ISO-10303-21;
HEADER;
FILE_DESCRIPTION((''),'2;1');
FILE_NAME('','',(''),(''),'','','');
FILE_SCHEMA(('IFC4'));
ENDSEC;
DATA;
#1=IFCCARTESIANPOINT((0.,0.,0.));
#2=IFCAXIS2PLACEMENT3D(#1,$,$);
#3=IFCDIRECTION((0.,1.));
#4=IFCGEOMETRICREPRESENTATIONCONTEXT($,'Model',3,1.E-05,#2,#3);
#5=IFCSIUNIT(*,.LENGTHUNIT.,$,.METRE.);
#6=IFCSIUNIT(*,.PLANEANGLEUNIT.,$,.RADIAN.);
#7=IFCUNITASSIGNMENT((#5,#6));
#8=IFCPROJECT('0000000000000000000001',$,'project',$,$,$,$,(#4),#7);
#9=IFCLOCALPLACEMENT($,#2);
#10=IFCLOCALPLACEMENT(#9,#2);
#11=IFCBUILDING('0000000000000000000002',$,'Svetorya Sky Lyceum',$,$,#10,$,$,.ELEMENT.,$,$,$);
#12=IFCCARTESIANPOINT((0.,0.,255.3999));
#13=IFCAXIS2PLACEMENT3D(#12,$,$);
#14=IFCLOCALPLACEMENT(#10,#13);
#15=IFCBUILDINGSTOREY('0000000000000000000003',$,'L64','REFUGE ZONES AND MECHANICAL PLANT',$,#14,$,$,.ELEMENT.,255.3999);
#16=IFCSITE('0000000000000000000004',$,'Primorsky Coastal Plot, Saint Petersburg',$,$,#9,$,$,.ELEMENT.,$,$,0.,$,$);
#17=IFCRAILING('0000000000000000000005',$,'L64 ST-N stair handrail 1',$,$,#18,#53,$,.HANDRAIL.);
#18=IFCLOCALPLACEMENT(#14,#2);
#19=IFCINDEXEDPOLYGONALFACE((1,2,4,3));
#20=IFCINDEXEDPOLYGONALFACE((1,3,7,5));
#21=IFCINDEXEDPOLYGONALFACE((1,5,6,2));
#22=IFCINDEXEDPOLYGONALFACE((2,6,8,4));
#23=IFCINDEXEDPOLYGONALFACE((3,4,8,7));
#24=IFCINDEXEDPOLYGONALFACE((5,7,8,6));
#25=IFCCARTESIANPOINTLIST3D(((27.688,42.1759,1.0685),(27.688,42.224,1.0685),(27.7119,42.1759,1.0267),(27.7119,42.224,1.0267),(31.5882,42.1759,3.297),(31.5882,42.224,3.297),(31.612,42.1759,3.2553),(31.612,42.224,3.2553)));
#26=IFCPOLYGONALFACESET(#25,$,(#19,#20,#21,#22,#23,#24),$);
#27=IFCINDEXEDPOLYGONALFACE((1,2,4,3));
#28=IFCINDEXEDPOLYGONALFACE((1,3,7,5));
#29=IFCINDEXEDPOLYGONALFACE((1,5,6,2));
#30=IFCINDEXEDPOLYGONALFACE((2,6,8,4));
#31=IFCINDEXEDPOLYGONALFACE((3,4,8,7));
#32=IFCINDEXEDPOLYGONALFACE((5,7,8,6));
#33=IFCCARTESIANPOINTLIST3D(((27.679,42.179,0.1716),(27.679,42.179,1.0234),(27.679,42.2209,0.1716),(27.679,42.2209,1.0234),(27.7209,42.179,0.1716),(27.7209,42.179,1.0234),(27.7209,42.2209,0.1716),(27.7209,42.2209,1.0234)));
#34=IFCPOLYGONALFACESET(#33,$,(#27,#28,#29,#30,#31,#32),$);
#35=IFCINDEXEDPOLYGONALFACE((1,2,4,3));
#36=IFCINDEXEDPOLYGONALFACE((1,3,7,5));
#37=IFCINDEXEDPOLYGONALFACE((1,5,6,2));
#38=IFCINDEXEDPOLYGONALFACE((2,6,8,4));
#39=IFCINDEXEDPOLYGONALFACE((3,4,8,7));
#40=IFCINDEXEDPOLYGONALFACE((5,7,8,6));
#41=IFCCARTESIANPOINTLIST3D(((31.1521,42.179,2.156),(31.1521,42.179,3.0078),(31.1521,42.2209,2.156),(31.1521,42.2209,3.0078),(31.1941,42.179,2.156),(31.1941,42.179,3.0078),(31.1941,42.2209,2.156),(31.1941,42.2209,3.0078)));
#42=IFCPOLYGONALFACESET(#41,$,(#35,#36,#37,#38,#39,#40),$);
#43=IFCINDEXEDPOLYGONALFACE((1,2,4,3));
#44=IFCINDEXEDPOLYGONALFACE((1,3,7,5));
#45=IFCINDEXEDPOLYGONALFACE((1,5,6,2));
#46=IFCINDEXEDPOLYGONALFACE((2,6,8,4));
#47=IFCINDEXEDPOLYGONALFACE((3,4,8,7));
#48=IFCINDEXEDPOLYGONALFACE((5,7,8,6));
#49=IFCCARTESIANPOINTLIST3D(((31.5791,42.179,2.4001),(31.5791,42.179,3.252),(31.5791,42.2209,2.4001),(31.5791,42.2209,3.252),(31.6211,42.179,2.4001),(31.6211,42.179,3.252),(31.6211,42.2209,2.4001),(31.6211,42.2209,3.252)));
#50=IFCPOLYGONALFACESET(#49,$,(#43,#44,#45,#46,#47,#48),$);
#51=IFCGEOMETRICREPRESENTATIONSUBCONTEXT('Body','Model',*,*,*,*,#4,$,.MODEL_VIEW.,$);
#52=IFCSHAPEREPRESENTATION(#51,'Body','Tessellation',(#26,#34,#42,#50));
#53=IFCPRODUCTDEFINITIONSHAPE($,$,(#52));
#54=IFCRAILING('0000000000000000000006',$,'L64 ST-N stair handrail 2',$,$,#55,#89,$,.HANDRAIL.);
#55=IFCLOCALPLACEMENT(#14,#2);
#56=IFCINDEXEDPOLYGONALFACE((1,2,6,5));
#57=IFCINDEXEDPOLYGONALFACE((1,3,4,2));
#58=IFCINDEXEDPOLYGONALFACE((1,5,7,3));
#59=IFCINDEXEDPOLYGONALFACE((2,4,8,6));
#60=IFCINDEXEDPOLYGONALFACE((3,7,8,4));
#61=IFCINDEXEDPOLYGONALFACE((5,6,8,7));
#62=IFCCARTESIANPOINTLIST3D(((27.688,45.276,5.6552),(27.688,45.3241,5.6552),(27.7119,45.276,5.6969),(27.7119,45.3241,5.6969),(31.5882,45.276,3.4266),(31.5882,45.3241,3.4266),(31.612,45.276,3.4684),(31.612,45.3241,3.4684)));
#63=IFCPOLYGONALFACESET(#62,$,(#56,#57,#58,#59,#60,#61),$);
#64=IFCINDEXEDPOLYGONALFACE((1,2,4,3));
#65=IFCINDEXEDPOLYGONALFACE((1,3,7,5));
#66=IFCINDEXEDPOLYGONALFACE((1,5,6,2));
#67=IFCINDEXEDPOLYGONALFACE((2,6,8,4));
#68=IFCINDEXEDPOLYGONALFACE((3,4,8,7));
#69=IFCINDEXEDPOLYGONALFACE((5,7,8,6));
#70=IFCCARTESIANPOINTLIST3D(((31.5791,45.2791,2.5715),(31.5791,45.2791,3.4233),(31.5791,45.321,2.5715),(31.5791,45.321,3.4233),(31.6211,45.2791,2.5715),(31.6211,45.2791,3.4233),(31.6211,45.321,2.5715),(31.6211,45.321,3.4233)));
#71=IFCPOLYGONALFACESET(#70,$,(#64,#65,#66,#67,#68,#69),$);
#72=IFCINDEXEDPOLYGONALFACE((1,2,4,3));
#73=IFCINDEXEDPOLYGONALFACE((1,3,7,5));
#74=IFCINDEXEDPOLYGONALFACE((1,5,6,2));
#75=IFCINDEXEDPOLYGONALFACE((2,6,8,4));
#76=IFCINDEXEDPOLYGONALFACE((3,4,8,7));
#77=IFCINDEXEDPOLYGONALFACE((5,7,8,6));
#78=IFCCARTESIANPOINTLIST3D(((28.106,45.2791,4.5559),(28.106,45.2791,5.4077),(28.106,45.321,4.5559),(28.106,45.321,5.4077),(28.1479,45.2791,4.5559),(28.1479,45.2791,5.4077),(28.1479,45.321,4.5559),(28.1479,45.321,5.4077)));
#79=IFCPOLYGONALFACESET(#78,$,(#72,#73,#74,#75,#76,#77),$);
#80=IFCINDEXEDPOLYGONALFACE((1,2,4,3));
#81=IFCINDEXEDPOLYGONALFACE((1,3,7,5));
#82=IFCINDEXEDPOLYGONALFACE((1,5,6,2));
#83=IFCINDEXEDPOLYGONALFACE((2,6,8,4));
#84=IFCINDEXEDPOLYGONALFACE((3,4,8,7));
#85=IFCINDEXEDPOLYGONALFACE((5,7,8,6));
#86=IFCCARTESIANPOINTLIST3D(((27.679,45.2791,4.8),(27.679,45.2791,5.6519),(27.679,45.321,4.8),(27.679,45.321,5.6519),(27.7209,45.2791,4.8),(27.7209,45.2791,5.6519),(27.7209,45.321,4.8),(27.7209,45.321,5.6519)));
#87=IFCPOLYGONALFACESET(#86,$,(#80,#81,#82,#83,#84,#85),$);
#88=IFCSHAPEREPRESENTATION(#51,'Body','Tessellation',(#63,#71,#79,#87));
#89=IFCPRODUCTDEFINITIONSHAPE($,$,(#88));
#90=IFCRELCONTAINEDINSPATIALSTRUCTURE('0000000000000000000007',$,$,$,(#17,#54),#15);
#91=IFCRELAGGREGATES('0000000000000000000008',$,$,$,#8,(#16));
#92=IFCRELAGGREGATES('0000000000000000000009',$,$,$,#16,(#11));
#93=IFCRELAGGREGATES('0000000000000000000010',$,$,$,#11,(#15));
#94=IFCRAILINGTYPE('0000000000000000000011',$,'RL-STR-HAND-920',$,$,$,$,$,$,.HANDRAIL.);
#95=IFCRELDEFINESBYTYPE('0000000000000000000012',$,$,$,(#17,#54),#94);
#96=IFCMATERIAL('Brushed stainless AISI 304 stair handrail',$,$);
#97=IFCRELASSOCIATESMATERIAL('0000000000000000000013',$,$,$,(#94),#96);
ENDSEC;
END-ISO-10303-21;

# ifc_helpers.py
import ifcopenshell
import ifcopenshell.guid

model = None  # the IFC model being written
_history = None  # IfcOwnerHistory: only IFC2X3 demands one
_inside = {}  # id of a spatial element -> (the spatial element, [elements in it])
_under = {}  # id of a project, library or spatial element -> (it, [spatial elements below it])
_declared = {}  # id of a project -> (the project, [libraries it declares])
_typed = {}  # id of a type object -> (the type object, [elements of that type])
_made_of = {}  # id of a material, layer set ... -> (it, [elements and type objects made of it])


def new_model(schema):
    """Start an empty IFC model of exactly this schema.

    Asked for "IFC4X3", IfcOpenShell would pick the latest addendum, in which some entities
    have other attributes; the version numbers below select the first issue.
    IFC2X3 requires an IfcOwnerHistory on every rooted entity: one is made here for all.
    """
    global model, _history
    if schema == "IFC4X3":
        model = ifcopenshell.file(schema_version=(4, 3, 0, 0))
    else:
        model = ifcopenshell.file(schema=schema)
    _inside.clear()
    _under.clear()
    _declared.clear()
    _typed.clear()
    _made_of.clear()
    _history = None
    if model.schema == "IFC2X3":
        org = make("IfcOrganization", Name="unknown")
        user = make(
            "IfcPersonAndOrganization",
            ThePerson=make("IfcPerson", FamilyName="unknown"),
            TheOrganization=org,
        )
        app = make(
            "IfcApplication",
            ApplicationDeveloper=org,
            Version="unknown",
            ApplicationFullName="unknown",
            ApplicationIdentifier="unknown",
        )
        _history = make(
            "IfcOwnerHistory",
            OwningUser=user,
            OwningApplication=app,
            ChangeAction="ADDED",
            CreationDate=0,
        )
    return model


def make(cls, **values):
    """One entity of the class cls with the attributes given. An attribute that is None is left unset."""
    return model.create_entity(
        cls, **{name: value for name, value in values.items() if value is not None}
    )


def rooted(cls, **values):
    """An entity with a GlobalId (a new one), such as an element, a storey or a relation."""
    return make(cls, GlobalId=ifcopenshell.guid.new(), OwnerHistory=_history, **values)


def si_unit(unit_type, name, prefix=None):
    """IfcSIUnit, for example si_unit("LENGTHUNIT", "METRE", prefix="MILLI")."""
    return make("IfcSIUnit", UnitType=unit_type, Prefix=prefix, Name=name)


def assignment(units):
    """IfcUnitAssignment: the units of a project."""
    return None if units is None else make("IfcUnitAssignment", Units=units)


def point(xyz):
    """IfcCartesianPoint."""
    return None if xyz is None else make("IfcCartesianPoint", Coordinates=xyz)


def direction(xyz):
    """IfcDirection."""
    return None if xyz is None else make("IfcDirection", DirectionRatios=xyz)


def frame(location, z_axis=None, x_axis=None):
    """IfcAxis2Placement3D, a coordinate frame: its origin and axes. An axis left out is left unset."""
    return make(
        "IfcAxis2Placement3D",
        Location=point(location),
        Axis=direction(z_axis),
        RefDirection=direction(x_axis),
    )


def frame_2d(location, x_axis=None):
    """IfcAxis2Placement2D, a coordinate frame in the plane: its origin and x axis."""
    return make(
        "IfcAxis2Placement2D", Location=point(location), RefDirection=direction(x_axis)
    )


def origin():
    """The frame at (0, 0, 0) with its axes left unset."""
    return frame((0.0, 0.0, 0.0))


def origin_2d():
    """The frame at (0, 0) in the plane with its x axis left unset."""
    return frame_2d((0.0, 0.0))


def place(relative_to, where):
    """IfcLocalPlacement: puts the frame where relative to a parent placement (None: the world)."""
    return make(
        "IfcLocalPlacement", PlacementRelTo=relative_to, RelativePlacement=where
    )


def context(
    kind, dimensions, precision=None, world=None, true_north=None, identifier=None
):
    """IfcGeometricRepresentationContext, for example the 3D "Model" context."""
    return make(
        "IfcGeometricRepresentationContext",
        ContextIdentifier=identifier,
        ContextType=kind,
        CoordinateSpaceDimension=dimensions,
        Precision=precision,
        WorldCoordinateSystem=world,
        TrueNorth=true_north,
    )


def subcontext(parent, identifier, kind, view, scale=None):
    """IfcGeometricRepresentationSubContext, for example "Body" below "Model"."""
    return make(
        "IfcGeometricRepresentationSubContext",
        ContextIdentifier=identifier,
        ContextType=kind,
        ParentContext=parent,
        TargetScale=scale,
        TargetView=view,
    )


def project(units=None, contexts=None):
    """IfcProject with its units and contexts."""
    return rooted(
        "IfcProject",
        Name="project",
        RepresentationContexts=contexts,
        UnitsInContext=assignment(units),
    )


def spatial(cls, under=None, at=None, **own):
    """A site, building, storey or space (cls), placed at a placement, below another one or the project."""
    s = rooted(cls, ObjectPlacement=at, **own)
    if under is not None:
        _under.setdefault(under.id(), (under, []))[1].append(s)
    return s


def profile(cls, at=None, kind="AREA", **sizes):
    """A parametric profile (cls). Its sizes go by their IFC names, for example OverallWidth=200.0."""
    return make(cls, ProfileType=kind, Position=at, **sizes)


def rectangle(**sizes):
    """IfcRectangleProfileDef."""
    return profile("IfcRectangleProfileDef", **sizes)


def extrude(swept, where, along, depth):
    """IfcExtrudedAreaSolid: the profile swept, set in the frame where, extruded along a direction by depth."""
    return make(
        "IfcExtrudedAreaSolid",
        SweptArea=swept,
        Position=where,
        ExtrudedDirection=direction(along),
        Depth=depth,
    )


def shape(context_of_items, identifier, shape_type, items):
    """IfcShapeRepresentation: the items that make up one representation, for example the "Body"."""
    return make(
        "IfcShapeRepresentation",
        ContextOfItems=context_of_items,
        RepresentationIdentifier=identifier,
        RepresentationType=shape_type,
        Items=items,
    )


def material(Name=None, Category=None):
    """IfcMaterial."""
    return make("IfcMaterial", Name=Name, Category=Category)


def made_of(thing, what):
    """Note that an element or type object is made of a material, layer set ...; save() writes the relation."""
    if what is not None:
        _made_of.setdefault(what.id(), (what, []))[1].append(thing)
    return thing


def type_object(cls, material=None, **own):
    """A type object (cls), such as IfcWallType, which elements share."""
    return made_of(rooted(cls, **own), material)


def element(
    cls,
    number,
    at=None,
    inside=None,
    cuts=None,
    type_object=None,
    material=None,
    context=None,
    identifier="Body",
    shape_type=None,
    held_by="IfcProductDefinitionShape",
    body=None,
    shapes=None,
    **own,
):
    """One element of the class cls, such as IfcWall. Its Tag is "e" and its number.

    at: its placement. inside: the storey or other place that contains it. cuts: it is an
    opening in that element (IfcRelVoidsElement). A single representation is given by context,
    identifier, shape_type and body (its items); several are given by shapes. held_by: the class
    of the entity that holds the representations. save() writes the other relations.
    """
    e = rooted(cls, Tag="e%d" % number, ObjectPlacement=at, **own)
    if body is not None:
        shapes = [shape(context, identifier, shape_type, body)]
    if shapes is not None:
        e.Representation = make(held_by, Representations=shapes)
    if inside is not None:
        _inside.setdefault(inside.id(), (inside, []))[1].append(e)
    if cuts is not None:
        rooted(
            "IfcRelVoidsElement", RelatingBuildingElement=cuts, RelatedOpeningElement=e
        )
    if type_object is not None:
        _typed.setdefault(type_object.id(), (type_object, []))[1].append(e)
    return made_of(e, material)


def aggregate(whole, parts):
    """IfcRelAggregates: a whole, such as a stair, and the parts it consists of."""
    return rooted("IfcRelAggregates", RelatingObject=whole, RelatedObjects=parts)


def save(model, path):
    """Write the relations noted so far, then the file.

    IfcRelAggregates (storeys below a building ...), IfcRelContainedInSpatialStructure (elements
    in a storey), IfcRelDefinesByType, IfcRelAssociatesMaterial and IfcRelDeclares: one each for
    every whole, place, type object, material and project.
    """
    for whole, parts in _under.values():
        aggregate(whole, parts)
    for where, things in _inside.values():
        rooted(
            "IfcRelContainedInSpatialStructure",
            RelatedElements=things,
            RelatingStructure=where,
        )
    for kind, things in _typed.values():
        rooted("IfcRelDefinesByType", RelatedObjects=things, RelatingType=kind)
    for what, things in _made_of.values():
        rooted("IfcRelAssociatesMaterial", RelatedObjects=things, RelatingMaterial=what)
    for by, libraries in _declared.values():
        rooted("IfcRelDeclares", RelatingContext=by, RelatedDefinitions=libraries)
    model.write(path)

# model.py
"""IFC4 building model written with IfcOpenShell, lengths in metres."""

from ifc_helpers import new_model, si_unit, direction, frame, origin, origin_2d, place, context, subcontext, project, spatial, rectangle, extrude, material, type_object, element, save


model = new_model("IFC4")

# Units and contexts
model_context = context("Model", 3, precision=1e-05, world=origin(), true_north=direction((0.0, 1.0)))
body_context = subcontext(model_context, "Body", "Model", "MODEL_VIEW")
ifc_project = project(units=[si_unit("LENGTHUNIT", "METRE"), si_unit("PLANEANGLEUNIT", "RADIAN")], contexts=[model_context])

# Site, building, storey
site_placement = place(None, origin())
site = spatial("IfcSite", under=ifc_project, at=site_placement, Name="Primorsky Coastal Plot, Saint Petersburg", CompositionType="ELEMENT", RefElevation=0.0)
building_placement = place(site_placement, origin())
building = spatial("IfcBuilding", under=site, at=building_placement, Name="Svetorya Sky Lyceum", CompositionType="ELEMENT")
storey_placement = place(building_placement, frame((0.0, 0.0, 255.3999)))
storey = spatial("IfcBuildingStorey", under=building, at=storey_placement, Name="L64", Description="REFUGE ZONES AND MECHANICAL PLANT", CompositionType="ELEMENT", Elevation=255.3999)

# Railings
ifc_material_1 = material(Name="Brushed stainless AISI 304 stair handrail")
railing_type_1 = type_object("IfcRailingType", Name="RL-STR-HAND-920", PredefinedType="HANDRAIL", material=ifc_material_1)
railing_1_placement = place(storey_placement, frame((27.7, 42.2, 0.1716)))
element("IfcRailing", 1, at=railing_1_placement, inside=storey, type_object=railing_type_1, Name="L64 ST-N stair handrail 1", PredefinedType="HANDRAIL", context=body_context, shape_type="SweptSolid", body=[
    extrude(rectangle(XDim=0.0481, YDim=0.0481, at=origin_2d()), frame((0.0, 0.0, 0.876), z_axis=(0.868257, 0.0, 0.496116), x_axis=(0.0, 1.0, 0.0)), (0.0, 0.0, 1.0), 4.4919),
    extrude(rectangle(XDim=0.042, YDim=0.042, at=origin_2d()), origin(), (0.0, 0.0, 1.0), 0.8518),
    extrude(rectangle(XDim=0.042, YDim=0.042, at=origin_2d()), frame((3.4731, 0.0, 1.9844)), (0.0, 0.0, 1.0), 0.8518),
    extrude(rectangle(XDim=0.042, YDim=0.042, at=origin_2d()), frame((3.9001, 0.0, 2.2285)), (0.0, 0.0, 1.0), 0.8518),
])
railing_2_placement = place(storey_placement, frame((31.6001, 45.3, 2.5715)))
element("IfcRailing", 2, at=railing_2_placement, inside=storey, type_object=railing_type_1, Name="L64 ST-N stair handrail 2", PredefinedType="HANDRAIL", context=body_context, shape_type="SweptSolid", body=[
    extrude(rectangle(XDim=0.0481, YDim=0.0481, at=origin_2d()), frame((0.0, 0.0, 0.876), z_axis=(-0.868257, 0.0, 0.496116), x_axis=(0.0, -1.0, 0.0)), (0.0, 0.0, 1.0), 4.4919),
    extrude(rectangle(XDim=0.042, YDim=0.042, at=origin_2d()), origin(), (0.0, 0.0, 1.0), 0.8518),
    extrude(rectangle(XDim=0.042, YDim=0.042, at=origin_2d()), frame((-3.4731, 0.0, 1.9844)), (0.0, 0.0, 1.0), 0.8518),
    extrude(rectangle(XDim=0.042, YDim=0.042, at=origin_2d()), frame((-3.9001, 0.0, 2.2285)), (0.0, 0.0, 1.0), 0.8518),
])

save(model, "model.ifc")
